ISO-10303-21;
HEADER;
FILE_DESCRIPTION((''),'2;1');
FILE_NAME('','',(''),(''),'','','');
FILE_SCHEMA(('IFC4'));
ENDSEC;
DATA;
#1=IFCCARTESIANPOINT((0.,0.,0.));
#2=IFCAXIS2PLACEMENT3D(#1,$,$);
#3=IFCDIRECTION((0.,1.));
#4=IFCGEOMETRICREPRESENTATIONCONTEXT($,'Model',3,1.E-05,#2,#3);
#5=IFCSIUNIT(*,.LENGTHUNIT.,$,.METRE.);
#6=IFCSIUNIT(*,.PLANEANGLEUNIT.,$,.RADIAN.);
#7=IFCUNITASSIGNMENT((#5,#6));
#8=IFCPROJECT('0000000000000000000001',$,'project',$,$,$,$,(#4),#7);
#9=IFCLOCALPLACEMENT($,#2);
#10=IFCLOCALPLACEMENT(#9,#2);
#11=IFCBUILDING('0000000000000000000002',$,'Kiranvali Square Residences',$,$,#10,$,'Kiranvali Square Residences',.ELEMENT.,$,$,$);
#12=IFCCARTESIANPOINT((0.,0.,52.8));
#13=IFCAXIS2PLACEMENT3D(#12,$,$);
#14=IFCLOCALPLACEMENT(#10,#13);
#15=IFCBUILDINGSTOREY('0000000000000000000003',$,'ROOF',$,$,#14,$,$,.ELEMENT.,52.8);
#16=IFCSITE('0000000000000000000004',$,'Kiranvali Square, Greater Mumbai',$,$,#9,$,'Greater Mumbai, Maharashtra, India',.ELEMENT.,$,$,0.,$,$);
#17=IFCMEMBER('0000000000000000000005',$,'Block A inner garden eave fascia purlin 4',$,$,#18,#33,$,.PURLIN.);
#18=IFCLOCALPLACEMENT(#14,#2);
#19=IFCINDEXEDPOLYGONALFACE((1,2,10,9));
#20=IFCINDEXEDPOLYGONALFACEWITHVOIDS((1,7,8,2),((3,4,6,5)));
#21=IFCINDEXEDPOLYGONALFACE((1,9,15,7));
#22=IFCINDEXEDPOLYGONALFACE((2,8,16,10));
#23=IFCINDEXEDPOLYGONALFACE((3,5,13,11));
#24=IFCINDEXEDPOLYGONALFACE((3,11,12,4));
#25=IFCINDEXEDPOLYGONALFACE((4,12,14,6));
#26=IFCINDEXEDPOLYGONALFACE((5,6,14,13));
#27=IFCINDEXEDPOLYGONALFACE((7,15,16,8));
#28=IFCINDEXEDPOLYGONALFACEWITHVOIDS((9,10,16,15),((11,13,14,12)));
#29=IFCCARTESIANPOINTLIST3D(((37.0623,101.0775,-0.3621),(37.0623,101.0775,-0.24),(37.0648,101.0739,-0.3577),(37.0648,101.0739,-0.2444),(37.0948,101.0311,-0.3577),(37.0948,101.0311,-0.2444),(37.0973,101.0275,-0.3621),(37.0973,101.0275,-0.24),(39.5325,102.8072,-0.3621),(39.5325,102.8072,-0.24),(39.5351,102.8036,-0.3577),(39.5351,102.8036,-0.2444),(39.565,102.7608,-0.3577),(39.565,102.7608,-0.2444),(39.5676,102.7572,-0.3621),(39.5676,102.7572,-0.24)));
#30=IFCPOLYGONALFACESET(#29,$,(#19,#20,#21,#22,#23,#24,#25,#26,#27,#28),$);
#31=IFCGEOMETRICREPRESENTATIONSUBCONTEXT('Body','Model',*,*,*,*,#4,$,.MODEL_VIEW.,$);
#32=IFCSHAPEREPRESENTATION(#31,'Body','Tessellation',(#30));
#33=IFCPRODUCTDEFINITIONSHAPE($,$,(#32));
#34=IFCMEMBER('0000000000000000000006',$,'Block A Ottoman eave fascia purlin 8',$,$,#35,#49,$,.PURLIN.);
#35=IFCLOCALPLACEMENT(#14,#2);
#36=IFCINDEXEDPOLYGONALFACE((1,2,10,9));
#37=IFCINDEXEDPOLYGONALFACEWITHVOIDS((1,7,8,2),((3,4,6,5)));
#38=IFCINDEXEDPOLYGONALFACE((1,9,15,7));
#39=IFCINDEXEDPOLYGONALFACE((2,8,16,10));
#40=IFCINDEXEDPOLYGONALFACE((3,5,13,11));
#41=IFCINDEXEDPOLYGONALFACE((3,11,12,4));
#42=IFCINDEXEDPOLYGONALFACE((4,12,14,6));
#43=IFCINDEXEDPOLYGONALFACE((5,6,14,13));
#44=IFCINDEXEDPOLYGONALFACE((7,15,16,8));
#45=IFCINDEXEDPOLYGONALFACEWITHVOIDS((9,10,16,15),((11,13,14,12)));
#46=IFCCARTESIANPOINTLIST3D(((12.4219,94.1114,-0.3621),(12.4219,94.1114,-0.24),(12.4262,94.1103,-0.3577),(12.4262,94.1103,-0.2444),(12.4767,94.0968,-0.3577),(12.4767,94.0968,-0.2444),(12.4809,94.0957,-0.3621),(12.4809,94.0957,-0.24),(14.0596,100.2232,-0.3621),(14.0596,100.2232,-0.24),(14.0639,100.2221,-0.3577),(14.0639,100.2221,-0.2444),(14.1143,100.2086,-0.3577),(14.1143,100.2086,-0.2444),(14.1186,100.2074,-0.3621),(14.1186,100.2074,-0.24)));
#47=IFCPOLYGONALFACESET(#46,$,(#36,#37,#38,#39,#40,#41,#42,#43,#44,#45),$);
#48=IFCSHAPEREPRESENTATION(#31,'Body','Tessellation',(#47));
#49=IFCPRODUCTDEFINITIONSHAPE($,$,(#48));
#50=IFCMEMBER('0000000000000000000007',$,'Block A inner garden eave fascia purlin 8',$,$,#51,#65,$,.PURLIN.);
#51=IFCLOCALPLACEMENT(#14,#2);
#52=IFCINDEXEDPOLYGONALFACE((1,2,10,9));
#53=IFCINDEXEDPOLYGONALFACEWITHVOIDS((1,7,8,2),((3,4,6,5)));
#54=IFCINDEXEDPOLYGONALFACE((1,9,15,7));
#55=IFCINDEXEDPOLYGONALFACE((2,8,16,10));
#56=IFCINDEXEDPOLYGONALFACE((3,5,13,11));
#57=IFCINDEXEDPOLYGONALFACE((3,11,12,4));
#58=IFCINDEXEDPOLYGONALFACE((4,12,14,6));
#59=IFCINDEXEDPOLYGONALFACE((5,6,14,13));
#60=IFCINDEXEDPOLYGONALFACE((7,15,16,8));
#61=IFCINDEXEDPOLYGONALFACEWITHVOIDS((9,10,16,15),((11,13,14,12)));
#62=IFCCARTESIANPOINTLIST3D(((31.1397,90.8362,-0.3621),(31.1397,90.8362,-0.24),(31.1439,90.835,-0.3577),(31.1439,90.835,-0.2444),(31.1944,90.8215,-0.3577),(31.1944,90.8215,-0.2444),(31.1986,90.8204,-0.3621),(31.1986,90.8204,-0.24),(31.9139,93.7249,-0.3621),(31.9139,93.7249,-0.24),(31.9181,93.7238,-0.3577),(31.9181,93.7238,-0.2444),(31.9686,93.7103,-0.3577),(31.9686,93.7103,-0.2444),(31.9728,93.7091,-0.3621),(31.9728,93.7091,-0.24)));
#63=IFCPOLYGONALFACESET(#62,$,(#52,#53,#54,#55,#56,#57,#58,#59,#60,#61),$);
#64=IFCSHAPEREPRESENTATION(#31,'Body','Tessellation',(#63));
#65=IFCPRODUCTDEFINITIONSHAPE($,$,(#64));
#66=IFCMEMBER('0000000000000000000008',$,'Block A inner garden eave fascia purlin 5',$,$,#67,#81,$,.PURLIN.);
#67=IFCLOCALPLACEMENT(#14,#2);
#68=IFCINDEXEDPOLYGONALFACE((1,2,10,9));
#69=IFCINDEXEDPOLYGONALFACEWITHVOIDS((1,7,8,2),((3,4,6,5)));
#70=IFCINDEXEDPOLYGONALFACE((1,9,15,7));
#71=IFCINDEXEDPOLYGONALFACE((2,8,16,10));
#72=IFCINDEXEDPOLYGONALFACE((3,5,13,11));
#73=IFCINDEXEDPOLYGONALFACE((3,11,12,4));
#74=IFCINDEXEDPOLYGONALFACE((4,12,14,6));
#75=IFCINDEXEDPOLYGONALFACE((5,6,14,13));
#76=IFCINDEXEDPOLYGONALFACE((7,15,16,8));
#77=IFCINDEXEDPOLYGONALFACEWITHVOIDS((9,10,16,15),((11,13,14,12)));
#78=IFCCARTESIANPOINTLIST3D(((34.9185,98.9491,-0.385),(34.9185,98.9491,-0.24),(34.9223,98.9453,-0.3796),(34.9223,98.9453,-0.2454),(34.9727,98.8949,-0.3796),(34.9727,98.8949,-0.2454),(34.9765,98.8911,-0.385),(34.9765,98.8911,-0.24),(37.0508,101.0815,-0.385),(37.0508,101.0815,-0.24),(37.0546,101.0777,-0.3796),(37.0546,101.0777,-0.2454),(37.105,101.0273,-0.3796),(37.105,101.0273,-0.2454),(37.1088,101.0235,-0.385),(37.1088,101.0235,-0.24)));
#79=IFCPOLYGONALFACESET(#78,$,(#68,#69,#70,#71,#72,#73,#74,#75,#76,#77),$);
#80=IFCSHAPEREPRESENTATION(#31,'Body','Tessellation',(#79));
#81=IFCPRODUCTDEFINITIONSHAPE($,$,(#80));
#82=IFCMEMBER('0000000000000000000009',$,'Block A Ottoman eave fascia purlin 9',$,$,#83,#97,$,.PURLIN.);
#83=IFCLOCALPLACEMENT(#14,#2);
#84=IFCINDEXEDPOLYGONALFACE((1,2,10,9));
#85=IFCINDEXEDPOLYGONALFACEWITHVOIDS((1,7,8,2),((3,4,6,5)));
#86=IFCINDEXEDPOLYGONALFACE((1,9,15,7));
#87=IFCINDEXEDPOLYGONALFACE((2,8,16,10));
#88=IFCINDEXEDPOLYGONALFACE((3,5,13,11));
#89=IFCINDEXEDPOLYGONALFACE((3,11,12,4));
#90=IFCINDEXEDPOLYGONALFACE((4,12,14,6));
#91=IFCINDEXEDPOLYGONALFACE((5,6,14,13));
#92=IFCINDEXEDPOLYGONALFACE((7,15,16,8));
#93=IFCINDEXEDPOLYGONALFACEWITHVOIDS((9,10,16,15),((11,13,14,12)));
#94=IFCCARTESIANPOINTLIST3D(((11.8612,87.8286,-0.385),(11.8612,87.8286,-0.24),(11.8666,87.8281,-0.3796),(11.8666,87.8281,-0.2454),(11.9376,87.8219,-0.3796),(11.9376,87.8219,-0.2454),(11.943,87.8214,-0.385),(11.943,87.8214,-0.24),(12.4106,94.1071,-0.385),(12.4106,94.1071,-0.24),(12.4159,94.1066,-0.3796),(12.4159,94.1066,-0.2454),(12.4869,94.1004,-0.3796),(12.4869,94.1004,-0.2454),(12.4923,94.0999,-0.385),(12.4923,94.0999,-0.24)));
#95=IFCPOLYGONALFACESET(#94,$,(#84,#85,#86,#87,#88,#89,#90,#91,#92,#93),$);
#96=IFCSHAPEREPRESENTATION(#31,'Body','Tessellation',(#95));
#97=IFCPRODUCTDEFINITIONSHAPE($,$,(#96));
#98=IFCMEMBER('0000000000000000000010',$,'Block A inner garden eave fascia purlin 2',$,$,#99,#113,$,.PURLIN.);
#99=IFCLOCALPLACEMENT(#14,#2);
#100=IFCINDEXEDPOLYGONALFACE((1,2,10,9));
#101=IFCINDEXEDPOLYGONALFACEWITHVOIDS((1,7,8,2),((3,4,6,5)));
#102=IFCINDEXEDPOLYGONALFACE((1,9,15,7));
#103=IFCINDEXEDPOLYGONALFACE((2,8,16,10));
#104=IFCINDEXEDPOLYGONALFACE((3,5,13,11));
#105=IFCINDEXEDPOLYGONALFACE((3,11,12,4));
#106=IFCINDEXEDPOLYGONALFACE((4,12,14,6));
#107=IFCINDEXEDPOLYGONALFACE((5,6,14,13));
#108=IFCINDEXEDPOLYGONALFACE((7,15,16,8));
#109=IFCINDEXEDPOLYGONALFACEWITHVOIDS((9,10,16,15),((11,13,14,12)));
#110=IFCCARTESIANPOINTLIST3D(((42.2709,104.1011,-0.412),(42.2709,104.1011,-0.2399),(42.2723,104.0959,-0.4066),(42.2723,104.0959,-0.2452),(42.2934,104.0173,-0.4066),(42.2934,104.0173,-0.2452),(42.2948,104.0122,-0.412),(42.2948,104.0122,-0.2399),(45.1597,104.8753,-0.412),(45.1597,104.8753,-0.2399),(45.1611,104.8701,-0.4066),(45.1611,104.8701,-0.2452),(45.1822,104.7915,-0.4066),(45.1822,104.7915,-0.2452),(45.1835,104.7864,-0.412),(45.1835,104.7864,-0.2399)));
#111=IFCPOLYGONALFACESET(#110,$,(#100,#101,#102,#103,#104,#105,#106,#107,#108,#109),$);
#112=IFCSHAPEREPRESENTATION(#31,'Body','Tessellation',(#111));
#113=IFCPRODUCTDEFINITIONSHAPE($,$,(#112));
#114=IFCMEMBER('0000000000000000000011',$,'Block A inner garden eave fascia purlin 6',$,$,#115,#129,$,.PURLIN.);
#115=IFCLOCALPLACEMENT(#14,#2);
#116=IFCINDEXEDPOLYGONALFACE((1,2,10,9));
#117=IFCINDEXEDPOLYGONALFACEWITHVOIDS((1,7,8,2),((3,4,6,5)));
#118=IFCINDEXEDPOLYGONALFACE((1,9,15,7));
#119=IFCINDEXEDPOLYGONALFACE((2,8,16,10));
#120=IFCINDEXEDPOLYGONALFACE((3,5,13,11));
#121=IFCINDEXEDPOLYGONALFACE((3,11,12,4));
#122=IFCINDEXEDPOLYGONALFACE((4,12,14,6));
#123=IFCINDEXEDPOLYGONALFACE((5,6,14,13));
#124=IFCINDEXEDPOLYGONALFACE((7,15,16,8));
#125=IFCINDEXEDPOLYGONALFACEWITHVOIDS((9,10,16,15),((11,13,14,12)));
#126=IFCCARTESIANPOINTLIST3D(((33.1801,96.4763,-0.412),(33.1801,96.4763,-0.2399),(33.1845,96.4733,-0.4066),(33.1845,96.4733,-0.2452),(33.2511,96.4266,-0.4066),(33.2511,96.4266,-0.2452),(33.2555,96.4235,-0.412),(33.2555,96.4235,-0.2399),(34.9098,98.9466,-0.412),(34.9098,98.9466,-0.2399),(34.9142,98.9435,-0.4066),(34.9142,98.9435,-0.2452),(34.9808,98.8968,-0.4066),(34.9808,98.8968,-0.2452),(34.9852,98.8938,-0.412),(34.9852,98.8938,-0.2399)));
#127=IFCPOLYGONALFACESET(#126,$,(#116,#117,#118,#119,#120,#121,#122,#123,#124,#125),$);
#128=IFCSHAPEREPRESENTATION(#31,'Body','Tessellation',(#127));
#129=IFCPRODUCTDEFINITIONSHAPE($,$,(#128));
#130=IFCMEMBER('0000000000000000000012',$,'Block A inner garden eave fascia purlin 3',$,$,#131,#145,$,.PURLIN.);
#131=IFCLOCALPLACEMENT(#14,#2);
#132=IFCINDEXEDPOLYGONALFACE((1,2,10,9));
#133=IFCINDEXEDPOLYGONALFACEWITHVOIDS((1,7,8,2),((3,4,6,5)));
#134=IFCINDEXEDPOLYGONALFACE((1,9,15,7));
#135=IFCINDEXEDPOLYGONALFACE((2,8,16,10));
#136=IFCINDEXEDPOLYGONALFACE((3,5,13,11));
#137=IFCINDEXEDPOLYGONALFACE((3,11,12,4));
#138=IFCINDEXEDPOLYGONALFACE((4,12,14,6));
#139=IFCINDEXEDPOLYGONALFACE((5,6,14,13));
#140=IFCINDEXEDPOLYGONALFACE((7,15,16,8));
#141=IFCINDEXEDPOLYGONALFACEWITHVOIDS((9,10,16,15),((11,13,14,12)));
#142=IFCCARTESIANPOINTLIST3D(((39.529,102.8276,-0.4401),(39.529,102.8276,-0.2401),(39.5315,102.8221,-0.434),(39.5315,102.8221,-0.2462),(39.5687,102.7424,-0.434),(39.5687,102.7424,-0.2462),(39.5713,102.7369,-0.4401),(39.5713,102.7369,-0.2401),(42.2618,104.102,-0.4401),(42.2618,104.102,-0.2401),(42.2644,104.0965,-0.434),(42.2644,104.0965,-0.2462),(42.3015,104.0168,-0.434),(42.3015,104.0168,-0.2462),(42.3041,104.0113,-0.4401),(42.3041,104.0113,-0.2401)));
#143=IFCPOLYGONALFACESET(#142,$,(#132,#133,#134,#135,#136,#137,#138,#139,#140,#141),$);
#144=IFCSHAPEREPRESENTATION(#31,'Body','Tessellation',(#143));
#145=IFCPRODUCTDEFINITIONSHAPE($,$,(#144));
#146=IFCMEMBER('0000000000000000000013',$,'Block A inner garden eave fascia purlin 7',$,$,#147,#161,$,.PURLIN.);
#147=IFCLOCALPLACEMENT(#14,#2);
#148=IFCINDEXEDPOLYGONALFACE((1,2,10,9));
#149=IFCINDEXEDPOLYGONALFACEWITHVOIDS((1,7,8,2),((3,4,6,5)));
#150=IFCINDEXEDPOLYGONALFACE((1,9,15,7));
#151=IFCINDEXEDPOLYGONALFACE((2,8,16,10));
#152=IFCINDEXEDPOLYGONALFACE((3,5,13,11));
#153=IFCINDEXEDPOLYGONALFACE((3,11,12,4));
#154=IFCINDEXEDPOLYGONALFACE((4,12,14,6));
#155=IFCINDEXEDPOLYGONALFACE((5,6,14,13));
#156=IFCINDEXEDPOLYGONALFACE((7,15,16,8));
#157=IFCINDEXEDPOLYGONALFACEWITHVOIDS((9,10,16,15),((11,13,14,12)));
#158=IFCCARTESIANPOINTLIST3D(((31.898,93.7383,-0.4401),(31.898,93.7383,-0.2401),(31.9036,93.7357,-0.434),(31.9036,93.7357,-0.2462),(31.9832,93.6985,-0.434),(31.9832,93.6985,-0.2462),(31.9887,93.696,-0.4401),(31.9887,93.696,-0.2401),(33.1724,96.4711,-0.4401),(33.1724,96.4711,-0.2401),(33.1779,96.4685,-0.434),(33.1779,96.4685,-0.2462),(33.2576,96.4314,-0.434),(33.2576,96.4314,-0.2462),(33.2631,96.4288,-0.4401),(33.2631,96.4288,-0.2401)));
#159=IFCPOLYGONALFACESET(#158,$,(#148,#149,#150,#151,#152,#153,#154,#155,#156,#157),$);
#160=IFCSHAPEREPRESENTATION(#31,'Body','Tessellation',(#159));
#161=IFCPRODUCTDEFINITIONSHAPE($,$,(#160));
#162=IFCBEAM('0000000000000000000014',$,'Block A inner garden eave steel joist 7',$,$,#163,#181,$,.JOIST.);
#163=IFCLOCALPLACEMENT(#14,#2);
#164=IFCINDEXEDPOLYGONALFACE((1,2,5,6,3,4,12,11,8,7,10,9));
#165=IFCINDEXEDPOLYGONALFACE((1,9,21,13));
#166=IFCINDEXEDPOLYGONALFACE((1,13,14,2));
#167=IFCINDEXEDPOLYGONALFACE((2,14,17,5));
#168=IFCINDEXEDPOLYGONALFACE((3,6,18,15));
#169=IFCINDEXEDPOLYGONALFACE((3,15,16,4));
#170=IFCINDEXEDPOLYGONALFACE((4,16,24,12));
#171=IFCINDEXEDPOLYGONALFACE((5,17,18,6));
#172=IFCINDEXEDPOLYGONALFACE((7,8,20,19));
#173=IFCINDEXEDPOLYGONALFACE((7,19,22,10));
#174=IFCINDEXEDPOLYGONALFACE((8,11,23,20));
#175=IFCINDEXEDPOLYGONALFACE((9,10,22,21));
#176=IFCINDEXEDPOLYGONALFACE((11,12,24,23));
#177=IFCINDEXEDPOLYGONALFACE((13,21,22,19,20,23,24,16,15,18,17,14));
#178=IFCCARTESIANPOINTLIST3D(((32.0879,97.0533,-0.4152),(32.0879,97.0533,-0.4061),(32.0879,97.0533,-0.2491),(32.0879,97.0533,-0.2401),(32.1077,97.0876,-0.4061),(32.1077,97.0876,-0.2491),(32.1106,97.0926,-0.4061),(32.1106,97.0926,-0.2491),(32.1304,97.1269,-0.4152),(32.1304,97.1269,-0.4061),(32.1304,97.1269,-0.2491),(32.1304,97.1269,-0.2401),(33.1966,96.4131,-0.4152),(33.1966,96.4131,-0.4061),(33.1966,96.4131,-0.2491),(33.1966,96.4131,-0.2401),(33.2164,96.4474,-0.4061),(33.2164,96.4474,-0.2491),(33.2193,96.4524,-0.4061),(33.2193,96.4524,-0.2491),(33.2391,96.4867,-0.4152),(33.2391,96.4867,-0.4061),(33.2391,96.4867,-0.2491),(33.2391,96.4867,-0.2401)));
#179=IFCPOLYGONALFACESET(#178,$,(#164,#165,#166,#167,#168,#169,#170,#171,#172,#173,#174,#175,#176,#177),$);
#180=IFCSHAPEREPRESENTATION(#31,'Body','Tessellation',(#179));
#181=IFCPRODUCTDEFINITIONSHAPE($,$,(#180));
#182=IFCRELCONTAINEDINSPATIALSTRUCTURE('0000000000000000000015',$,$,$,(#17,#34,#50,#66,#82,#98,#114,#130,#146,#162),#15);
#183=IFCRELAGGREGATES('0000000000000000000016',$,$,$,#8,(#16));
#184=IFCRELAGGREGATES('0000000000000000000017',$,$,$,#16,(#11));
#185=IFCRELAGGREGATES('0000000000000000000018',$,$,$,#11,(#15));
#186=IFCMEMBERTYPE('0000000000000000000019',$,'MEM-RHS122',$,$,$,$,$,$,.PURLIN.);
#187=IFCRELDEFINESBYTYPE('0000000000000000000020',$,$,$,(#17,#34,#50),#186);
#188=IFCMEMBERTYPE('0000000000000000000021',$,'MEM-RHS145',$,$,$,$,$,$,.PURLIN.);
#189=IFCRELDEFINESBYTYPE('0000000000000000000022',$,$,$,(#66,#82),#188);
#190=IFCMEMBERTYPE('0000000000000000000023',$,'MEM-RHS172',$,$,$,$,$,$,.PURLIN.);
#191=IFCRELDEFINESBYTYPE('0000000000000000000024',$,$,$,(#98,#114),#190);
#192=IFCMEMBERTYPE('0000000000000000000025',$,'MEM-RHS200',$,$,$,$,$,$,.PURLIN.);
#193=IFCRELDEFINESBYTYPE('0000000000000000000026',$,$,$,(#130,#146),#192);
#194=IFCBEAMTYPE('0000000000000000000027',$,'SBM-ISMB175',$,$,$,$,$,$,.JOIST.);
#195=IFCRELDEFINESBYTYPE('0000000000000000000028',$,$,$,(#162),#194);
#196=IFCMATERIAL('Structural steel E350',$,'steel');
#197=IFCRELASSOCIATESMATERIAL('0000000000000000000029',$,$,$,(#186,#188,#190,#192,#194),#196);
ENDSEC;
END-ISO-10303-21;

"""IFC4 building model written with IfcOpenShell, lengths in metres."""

from ifc_helpers import new_model, si_unit, direction, frame, origin, origin_2d, place, context, subcontext, project, spatial, hollow_rectangle, i_section, extrude, material, material_profile, profile_set, type_object, element, save


model = new_model("IFC4")

# Units and contexts
model_context = context("Model", 3, precision=1e-05, world=origin(), true_north=direction((0.0, 1.0)))
body_context = subcontext(model_context, "Body", "Model", "MODEL_VIEW")
ifc_project = project(units=[si_unit("LENGTHUNIT", "METRE"), si_unit("PLANEANGLEUNIT", "RADIAN")], contexts=[model_context])

# Site, building, storey
site_placement = place(None, origin())
site = spatial("IfcSite", under=ifc_project, at=site_placement, Name="Kiranvali Square, Greater Mumbai", LongName="Greater Mumbai, Maharashtra, India", CompositionType="ELEMENT", RefElevation=0.0)
building_placement = place(site_placement, origin())
building = spatial("IfcBuilding", under=site, at=building_placement, Name="Kiranvali Square Residences", LongName="Kiranvali Square Residences", CompositionType="ELEMENT")
storey_placement = place(building_placement, frame((0.0, 0.0, 52.8)))
storey = spatial("IfcBuildingStorey", under=building, at=storey_placement, Name="ROOF", CompositionType="ELEMENT", Elevation=52.8)

# Members
ifc_material_1 = material(Name="Structural steel E350", Category="steel")
ifc_material_profile_1 = material_profile(ifc_material_1, hollow_rectangle(XDim=0.061, YDim=0.1221, WallThickness=0.0044, at=origin_2d()), Name="RHS 122x61x4.5")
ifc_profile_set_1 = profile_set([ifc_material_profile_1], Name="Structural steel E350")
member_type_1 = type_object("IfcMemberType", Name="MEM-RHS122", PredefinedType="PURLIN", material=ifc_profile_set_1)
member_1_placement = place(storey_placement, frame((39.55, 102.7822, -0.301), z_axis=(-0.819141, -0.573593, 0.0), x_axis=(0.573593, -0.819141, 0.0)))
element("IfcMember", 1, at=member_1_placement, inside=storey, type_object=member_type_1, Name="Block A inner garden eave fascia purlin 4", PredefinedType="PURLIN", context=body_context, shape_type="SweptSolid", body=[
    extrude(hollow_rectangle(XDim=0.061, YDim=0.1221, WallThickness=0.0044, at=origin_2d()), origin(), (0.0, 0.0, 1.0), 3.0156),
])
member_2_placement = place(storey_placement, frame((14.0891, 100.2153, -0.301), z_axis=(-0.258825, -0.965924, 0.0), x_axis=(0.965924, -0.258825, 0.0)))
element("IfcMember", 2, at=member_2_placement, inside=storey, type_object=member_type_1, Name="Block A Ottoman eave fascia purlin 8", PredefinedType="PURLIN", context=body_context, shape_type="SweptSolid", body=[
    extrude(hollow_rectangle(XDim=0.061, YDim=0.1221, WallThickness=0.0044, at=origin_2d()), origin(), (0.0, 0.0, 1.0), 6.3274),
])
member_3_placement = place(storey_placement, frame((31.9434, 93.717, -0.301), z_axis=(-0.258867, -0.965913, 0.0), x_axis=(0.965913, -0.258867, 0.0)))
element("IfcMember", 3, at=member_3_placement, inside=storey, type_object=member_type_1, Name="Block A inner garden eave fascia purlin 8", PredefinedType="PURLIN", context=body_context, shape_type="SweptSolid", body=[
    extrude(hollow_rectangle(XDim=0.061, YDim=0.1221, WallThickness=0.0044, at=origin_2d()), origin(), (0.0, 0.0, 1.0), 2.9907),
])
ifc_material_profile_2 = material_profile(ifc_material_1, hollow_rectangle(XDim=0.082, YDim=0.145, WallThickness=0.0054, at=origin_2d()), Name="RHS 145x82x5.4")
ifc_profile_set_2 = profile_set([ifc_material_profile_2], Name="Structural steel E350")
member_type_2 = type_object("IfcMemberType", Name="MEM-RHS145", PredefinedType="PURLIN", material=ifc_profile_set_2)
member_4_placement = place(storey_placement, frame((37.0798, 101.0525, -0.3125), z_axis=(-0.707107, -0.707107, 0.0), x_axis=(0.707107, -0.707107, 0.0)))
element("IfcMember", 4, at=member_4_placement, inside=storey, type_object=member_type_2, Name="Block A inner garden eave fascia purlin 5", PredefinedType="PURLIN", context=body_context, shape_type="SweptSolid", body=[
    extrude(hollow_rectangle(XDim=0.082, YDim=0.145, WallThickness=0.0054, at=origin_2d()), origin(), (0.0, 0.0, 1.0), 3.0156),
])
member_5_placement = place(storey_placement, frame((12.4514, 94.1035, -0.3125), z_axis=(-0.087158, -0.996195, 0.0), x_axis=(0.996195, -0.087158, 0.0)))
element("IfcMember", 5, at=member_5_placement, inside=storey, type_object=member_type_2, Name="Block A Ottoman eave fascia purlin 9", PredefinedType="PURLIN", context=body_context, shape_type="SweptSolid", body=[
    extrude(hollow_rectangle(XDim=0.082, YDim=0.145, WallThickness=0.0054, at=origin_2d()), origin(), (0.0, 0.0, 1.0), 6.3025),
])
ifc_material_profile_3 = material_profile(ifc_material_1, hollow_rectangle(XDim=0.092, YDim=0.1721, WallThickness=0.0054, at=origin_2d()), Name="RHS 172x92x5.4")
ifc_profile_set_3 = profile_set([ifc_material_profile_3], Name="Structural steel E350")
member_type_3 = type_object("IfcMemberType", Name="MEM-RHS172", PredefinedType="PURLIN", material=ifc_profile_set_3)
member_6_placement = place(storey_placement, frame((45.1716, 104.8308, -0.3259), z_axis=(-0.965913, -0.258867, 0.0), x_axis=(0.258867, -0.965913, 0.0)))
element("IfcMember", 6, at=member_6_placement, inside=storey, type_object=member_type_3, Name="Block A inner garden eave fascia purlin 2", PredefinedType="PURLIN", context=body_context, shape_type="SweptSolid", body=[
    extrude(hollow_rectangle(XDim=0.092, YDim=0.1721, WallThickness=0.0054, at=origin_2d()), origin(), (0.0, 0.0, 1.0), 2.9907),
])
member_7_placement = place(storey_placement, frame((34.9475, 98.9202, -0.3259), z_axis=(-0.573593, -0.819141, 0.0), x_axis=(0.819141, -0.573593, 0.0)))
element("IfcMember", 7, at=member_7_placement, inside=storey, type_object=member_type_3, Name="Block A inner garden eave fascia purlin 6", PredefinedType="PURLIN", context=body_context, shape_type="SweptSolid", body=[
    extrude(hollow_rectangle(XDim=0.092, YDim=0.1721, WallThickness=0.0054, at=origin_2d()), origin(), (0.0, 0.0, 1.0), 3.0156),
])
ifc_material_profile_4 = material_profile(ifc_material_1, hollow_rectangle(XDim=0.1001, YDim=0.2, WallThickness=0.0061, at=origin_2d()), Name="RHS 200x100x6.0")
ifc_profile_set_4 = profile_set([ifc_material_profile_4], Name="Structural steel E350")
member_type_4 = type_object("IfcMemberType", Name="MEM-RHS200", PredefinedType="PURLIN", material=ifc_profile_set_4)
for number, where, z_axis, x_axis, name in (
    (8, (42.283, 104.0566, -0.3401), (-0.906303, -0.422628, 0.0), (0.422628, -0.906303, 0.0), "Block A inner garden eave fascia purlin 3"),
    (9, (33.2178, 96.45, -0.3401), (-0.422628, -0.906303, 0.0), (0.906303, -0.422628, 0.0), "Block A inner garden eave fascia purlin 7"),
):
    element("IfcMember", number, at=place(storey_placement, frame(where, z_axis=z_axis, x_axis=x_axis)), inside=storey, type_object=member_type_4, Name=name, PredefinedType="PURLIN", context=body_context, shape_type="SweptSolid", body=[
        extrude(hollow_rectangle(XDim=0.1001, YDim=0.2, WallThickness=0.0061, at=origin_2d()), origin(), (0.0, 0.0, 1.0), 3.0154),
    ])

# Beam
ifc_material_profile_5 = material_profile(ifc_material_1, i_section(OverallWidth=0.085, OverallDepth=0.175, WebThickness=0.0059, FlangeThickness=0.009, at=origin_2d()), Name="ISMB 175")
ifc_profile_set_5 = profile_set([ifc_material_profile_5], Name="Structural steel E350")
beam_type_1 = type_object("IfcBeamType", Name="SBM-ISMB175", PredefinedType="JOIST", material=ifc_profile_set_5)
beam_1_placement = place(storey_placement, frame((32.1091, 97.0901, -0.3276), z_axis=(0.866005, -0.500036, 0.0), x_axis=(0.500036, 0.866005, 0.0)))
element("IfcBeam", 10, at=beam_1_placement, inside=storey, type_object=beam_type_1, Name="Block A inner garden eave steel joist 7", PredefinedType="JOIST", context=body_context, shape_type="SweptSolid", body=[
    extrude(i_section(OverallWidth=0.085, OverallDepth=0.175, WebThickness=0.0059, FlangeThickness=0.009, at=origin_2d()), origin(), (0.0, 0.0, 1.0), 1.2803),
])

save(model, "model.ifc")
